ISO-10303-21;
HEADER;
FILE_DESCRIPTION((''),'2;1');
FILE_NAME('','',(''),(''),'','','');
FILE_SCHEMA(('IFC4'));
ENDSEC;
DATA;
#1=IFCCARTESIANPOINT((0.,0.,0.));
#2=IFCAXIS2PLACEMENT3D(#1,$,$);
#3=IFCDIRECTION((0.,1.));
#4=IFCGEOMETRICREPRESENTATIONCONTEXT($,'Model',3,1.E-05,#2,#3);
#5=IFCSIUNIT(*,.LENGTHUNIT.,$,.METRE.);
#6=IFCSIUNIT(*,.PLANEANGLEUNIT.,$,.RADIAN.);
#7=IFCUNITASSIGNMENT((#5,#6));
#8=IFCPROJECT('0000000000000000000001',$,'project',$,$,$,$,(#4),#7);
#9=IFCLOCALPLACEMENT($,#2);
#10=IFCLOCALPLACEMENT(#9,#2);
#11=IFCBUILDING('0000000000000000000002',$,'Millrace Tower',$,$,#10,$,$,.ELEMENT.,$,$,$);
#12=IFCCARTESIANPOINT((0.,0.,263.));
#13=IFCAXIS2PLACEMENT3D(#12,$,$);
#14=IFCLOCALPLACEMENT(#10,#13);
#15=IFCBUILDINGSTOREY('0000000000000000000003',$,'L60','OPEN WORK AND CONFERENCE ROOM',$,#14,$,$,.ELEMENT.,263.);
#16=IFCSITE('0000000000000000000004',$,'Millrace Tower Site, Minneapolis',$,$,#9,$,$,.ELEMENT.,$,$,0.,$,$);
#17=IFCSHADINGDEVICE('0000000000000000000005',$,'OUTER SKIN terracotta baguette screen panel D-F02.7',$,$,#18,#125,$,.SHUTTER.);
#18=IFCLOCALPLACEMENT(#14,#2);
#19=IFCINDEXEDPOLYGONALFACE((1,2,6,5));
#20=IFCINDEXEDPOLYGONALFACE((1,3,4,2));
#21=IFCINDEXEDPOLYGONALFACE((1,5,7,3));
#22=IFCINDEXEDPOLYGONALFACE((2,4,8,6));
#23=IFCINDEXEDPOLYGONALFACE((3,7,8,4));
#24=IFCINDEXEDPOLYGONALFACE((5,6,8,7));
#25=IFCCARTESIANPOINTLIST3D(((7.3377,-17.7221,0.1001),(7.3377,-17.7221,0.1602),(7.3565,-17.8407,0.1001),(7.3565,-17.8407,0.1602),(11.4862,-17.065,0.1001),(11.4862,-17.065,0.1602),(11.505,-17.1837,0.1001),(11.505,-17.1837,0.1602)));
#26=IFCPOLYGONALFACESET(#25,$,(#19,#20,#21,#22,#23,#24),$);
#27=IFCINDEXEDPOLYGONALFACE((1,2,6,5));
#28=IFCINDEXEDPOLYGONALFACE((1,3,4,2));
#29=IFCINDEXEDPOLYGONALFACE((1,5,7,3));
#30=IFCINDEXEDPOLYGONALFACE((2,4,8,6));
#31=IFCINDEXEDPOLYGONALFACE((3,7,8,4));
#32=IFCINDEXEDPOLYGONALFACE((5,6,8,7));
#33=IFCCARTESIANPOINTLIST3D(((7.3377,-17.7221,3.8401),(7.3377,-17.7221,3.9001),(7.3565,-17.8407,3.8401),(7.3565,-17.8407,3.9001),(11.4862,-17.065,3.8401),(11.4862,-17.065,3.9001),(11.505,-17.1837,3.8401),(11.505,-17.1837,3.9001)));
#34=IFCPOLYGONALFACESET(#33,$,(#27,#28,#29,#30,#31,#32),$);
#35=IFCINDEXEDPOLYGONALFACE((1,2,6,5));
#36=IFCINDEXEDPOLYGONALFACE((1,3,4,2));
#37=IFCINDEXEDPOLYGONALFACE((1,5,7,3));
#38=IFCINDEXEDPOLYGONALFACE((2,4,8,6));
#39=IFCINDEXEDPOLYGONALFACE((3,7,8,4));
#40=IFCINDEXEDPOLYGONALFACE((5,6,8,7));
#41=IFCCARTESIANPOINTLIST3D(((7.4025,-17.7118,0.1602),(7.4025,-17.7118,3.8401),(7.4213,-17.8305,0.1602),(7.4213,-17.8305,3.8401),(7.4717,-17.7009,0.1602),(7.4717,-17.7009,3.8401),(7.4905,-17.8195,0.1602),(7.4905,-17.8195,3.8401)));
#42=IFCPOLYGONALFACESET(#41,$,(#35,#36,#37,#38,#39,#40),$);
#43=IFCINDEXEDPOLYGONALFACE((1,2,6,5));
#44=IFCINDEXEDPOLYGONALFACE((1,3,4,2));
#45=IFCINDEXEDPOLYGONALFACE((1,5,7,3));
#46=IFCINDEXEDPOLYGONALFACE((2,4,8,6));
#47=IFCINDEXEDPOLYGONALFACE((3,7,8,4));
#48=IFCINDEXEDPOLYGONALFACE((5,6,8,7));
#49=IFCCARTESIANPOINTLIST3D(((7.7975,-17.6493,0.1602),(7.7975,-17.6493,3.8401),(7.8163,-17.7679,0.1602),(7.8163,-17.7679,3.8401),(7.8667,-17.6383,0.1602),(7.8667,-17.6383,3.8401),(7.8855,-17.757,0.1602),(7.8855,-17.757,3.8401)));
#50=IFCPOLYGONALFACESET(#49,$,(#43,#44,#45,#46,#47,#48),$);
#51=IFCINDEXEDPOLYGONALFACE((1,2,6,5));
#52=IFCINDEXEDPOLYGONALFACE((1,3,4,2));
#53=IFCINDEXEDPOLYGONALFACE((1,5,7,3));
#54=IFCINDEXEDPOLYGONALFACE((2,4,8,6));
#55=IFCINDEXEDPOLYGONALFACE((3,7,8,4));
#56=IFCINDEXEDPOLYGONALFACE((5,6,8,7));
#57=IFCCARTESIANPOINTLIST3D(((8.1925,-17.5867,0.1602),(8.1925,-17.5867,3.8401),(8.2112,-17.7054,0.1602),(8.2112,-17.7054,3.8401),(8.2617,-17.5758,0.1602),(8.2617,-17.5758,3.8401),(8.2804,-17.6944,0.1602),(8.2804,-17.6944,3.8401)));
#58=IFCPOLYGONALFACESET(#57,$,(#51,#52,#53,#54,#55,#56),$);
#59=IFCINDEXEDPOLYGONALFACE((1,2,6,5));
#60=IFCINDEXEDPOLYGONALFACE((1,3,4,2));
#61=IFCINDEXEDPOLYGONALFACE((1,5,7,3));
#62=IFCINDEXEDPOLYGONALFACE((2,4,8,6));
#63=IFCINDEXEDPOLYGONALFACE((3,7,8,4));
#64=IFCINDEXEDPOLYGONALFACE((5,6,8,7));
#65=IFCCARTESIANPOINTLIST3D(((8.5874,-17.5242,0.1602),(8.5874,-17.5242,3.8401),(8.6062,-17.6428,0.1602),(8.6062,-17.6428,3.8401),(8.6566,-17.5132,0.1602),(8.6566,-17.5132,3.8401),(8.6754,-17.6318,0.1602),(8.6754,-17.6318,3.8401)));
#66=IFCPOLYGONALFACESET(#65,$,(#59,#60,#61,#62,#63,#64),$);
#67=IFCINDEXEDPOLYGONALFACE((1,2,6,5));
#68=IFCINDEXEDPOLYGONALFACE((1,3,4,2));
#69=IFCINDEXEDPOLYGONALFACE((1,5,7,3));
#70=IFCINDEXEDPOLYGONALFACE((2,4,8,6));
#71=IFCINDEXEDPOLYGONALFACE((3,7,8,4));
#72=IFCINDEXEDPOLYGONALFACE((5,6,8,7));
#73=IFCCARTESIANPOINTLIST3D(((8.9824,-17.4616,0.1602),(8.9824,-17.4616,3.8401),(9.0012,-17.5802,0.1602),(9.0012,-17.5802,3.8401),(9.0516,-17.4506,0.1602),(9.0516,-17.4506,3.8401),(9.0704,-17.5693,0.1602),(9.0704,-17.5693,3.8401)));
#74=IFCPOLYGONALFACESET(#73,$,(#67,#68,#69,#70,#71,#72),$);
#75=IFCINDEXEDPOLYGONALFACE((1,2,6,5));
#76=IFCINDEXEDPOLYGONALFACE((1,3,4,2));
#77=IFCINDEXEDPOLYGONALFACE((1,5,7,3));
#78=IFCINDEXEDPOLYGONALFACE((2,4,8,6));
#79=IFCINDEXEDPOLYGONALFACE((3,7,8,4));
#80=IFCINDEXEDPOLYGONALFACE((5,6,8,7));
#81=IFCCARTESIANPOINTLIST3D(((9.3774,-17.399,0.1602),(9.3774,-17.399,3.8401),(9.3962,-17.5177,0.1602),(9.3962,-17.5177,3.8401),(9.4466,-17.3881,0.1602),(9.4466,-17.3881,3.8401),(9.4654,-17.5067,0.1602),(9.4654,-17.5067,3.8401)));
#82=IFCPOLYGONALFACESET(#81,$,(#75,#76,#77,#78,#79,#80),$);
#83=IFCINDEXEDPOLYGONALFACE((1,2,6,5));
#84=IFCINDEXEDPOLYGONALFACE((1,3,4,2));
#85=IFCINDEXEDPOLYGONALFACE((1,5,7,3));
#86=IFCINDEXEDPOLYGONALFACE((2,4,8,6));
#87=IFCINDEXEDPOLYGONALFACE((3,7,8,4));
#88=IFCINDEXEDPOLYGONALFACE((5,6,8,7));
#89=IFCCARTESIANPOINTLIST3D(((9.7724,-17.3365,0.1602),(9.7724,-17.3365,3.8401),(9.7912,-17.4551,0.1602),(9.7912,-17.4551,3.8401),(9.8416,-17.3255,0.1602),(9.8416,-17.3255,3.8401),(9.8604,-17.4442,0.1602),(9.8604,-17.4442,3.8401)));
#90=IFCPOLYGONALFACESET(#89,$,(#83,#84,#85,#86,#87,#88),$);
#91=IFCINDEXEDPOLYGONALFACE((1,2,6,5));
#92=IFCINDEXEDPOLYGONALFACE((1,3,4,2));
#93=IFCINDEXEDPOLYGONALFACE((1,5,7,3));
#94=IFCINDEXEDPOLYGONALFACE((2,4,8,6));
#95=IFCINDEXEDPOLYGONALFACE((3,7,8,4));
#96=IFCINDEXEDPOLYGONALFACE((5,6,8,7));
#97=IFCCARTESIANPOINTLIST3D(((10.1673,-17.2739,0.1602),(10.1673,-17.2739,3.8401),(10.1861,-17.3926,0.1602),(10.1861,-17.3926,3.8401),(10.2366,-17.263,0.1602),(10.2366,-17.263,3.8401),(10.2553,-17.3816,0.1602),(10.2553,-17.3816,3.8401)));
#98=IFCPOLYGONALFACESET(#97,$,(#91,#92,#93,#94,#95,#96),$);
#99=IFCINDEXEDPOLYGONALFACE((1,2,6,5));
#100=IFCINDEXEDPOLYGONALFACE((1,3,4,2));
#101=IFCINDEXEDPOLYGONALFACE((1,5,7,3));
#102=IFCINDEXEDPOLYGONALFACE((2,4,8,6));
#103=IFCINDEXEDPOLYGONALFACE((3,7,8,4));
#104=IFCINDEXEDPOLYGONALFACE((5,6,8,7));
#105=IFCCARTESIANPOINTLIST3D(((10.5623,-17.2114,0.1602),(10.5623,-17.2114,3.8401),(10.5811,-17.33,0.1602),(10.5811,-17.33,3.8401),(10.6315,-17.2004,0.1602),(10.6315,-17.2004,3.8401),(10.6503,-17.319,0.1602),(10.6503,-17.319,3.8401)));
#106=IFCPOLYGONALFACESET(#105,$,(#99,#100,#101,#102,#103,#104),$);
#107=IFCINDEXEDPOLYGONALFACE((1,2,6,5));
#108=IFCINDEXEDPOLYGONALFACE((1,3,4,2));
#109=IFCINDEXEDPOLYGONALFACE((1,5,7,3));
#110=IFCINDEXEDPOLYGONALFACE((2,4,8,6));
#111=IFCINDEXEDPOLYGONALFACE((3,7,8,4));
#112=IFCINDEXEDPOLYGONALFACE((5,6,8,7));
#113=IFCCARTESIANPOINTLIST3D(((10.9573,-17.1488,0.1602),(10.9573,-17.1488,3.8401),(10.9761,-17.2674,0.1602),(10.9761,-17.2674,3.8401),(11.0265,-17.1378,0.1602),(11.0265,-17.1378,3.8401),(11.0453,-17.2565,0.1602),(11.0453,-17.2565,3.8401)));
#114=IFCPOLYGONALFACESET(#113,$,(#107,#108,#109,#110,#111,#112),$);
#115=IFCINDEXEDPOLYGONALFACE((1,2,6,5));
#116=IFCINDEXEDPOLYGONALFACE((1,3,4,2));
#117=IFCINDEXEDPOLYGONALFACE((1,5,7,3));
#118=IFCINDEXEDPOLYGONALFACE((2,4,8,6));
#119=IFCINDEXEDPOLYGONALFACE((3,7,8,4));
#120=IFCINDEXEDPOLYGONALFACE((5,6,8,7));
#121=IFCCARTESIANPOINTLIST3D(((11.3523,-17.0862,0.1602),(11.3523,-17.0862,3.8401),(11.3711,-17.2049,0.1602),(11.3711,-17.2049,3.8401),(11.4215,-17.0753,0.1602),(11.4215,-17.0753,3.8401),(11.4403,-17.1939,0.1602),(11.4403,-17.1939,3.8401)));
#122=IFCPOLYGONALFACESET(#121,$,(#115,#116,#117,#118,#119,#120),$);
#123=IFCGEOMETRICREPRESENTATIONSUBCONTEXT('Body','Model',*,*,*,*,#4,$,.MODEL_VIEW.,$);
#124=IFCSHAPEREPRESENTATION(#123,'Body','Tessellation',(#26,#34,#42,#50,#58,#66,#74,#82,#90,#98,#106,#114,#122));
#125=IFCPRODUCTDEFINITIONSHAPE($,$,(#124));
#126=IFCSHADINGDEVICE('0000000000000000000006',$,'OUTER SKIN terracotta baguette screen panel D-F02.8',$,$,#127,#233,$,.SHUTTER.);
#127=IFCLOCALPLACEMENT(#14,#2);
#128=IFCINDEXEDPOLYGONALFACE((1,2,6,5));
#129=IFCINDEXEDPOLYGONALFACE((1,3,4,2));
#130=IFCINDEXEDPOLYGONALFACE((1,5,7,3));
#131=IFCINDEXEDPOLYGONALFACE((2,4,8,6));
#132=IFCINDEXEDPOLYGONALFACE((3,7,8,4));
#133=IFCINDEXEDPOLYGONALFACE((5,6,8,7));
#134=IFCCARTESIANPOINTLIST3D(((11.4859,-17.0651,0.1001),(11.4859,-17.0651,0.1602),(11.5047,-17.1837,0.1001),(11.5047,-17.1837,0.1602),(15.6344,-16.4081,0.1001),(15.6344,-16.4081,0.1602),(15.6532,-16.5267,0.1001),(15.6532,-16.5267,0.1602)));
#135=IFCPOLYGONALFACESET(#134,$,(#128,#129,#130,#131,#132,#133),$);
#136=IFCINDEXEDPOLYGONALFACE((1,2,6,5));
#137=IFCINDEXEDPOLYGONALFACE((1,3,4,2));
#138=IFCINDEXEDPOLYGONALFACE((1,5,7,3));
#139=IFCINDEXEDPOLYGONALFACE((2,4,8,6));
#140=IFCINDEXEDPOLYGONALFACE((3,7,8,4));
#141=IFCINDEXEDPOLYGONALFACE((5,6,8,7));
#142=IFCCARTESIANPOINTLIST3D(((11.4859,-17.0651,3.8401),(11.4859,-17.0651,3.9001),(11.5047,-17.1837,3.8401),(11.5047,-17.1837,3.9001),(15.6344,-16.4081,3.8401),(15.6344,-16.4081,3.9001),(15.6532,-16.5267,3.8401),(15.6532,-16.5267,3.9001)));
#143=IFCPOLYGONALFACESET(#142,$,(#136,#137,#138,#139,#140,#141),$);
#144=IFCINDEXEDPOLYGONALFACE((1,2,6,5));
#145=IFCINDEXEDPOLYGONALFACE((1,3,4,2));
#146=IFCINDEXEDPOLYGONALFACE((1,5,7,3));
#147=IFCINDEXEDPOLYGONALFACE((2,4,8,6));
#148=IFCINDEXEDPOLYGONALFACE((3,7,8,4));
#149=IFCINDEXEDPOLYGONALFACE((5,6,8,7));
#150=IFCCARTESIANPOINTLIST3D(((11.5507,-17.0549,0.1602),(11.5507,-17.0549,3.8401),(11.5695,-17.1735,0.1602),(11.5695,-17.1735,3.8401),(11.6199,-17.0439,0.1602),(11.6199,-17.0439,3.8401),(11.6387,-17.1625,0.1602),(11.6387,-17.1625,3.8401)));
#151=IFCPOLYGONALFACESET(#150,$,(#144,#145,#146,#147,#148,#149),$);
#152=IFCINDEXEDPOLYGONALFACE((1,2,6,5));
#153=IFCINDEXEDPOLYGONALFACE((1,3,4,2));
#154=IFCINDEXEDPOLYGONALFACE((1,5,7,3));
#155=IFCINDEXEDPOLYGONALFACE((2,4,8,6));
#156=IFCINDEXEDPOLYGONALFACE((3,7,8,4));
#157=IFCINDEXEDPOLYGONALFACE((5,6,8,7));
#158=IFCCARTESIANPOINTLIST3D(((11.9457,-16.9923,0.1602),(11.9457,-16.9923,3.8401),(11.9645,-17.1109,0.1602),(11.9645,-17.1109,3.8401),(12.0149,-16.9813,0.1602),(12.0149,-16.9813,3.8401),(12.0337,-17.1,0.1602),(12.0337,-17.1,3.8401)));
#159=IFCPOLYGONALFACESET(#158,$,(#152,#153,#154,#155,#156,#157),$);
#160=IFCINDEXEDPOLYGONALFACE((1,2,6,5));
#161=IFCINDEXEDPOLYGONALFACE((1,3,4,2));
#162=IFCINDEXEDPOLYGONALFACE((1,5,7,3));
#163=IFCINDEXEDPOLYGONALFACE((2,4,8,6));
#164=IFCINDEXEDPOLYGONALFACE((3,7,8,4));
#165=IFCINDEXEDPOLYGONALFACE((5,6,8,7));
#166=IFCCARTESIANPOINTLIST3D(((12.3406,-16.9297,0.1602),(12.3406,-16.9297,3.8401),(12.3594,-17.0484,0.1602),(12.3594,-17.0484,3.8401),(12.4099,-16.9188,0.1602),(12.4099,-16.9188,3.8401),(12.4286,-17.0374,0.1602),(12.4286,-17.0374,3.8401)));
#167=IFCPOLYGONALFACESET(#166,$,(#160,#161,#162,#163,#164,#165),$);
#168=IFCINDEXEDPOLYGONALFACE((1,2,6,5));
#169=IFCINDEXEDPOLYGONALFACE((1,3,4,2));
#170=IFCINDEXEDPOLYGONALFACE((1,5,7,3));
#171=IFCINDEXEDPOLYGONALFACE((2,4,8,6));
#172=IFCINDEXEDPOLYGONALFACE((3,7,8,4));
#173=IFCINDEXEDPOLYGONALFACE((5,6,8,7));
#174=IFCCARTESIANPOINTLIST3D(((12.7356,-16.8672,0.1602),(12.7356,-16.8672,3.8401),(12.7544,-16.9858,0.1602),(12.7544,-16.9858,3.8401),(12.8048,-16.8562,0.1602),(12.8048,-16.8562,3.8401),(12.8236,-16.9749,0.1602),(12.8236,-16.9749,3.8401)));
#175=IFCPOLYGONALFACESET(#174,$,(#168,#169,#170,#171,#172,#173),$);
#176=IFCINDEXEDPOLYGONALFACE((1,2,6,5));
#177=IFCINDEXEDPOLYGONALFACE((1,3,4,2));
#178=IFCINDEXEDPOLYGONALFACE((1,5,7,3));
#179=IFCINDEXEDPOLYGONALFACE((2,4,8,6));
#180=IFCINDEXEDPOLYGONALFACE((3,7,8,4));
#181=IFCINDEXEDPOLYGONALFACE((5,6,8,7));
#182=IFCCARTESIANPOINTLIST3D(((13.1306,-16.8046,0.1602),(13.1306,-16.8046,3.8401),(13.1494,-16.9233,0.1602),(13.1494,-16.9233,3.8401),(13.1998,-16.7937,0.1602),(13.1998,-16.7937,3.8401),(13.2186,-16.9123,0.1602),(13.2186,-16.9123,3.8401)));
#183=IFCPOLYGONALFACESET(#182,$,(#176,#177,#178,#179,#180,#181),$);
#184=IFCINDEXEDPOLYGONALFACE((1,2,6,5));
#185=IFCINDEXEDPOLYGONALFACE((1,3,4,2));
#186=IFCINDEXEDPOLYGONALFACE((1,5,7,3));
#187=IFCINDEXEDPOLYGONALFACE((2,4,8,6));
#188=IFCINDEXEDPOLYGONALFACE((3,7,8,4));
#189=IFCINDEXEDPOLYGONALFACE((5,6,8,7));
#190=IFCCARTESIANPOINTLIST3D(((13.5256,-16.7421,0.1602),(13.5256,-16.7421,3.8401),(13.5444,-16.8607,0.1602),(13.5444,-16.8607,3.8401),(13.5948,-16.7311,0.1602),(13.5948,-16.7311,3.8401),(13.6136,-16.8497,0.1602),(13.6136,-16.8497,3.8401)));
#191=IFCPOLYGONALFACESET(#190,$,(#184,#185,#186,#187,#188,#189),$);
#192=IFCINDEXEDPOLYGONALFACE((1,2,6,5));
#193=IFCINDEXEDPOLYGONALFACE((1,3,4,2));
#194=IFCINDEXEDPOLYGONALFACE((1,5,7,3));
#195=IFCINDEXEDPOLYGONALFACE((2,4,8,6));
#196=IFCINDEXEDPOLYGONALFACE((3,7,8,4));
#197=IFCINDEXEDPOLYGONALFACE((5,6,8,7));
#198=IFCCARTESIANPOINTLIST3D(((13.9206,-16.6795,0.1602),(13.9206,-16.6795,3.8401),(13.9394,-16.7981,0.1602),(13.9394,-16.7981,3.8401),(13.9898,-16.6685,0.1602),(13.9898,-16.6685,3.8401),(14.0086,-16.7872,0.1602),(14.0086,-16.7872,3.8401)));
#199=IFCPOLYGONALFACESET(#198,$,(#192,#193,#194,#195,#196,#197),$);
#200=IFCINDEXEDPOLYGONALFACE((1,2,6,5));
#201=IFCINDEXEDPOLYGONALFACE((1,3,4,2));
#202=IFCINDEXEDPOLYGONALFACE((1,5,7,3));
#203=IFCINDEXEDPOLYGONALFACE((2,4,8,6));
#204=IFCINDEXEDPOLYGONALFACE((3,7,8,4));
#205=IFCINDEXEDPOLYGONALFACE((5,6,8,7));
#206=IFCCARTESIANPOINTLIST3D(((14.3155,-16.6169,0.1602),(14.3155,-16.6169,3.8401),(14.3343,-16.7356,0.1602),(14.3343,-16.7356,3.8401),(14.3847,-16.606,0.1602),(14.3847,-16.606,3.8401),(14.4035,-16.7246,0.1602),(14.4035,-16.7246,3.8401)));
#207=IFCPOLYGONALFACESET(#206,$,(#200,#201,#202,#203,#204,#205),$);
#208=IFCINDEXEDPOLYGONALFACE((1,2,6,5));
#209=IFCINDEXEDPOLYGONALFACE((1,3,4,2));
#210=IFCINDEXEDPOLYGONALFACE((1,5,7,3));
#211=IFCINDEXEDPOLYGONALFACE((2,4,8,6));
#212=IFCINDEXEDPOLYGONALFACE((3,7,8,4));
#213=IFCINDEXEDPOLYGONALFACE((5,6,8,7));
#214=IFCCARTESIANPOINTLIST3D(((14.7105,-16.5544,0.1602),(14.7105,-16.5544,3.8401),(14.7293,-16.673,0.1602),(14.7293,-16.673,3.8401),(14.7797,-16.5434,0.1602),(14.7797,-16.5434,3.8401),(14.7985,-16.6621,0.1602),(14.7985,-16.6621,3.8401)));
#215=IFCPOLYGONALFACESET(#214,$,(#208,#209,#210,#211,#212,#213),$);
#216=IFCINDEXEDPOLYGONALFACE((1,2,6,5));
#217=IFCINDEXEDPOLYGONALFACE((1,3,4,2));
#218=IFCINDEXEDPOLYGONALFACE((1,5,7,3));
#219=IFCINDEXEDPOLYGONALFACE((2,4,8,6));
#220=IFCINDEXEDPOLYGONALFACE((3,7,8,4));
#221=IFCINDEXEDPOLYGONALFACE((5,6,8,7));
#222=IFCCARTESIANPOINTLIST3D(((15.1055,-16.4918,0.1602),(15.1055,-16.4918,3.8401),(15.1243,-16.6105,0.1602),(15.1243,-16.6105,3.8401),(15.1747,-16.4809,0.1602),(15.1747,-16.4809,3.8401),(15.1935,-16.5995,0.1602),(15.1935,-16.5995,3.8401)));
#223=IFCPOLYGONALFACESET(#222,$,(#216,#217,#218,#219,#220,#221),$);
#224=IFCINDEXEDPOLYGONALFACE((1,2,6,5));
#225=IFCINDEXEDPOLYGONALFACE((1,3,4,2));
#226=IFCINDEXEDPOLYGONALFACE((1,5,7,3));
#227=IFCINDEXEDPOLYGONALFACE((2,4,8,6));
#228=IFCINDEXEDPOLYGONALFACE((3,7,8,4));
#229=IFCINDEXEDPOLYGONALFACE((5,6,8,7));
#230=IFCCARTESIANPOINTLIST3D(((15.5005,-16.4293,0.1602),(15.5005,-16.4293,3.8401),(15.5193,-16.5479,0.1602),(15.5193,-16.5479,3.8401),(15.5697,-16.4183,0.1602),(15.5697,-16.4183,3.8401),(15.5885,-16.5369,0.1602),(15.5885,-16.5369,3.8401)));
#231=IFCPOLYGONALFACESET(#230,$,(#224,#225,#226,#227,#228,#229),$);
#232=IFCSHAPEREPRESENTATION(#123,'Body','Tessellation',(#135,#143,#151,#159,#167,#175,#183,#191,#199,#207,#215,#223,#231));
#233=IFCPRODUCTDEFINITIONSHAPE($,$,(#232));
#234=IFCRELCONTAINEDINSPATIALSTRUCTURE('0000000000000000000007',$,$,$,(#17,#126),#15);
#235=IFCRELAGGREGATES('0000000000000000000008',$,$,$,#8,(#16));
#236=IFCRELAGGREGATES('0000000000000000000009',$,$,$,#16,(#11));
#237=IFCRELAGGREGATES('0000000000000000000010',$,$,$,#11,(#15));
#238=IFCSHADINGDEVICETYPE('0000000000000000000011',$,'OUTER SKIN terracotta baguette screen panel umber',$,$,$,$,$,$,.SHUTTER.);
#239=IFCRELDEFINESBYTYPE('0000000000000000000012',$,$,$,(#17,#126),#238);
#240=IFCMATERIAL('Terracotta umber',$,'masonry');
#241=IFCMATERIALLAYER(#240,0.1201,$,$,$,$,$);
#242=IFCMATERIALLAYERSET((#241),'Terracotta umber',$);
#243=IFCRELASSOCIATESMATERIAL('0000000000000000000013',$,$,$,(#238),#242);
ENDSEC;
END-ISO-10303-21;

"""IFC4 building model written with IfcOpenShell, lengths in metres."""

from ifc_helpers import new_model, entity, si_unit, direction, frame, frame_2d, origin, origin_2d, place, context, subcontext, project, spatial, rectangle, extrude, source, transform, mapped, material, layer, layer_set, type_object, element, save


model = new_model("IFC4")

# Units and contexts
model_context = context("Model", 3, precision=1e-05, world=origin(), true_north=direction((0.0, 1.0)))
body_context = subcontext(model_context, "Body", "Model", "MODEL_VIEW")
ifc_project = project(units=[si_unit("LENGTHUNIT", "METRE"), si_unit("PLANEANGLEUNIT", "RADIAN")], contexts=[model_context])

# Site, building, storey
site_placement = place(None, origin())
site = spatial("IfcSite", under=ifc_project, at=site_placement, Name="Millrace Tower Site, Minneapolis", CompositionType="ELEMENT", RefElevation=0.0)
building_placement = place(site_placement, origin())
building = spatial("IfcBuilding", under=site, at=building_placement, Name="Millrace Tower", CompositionType="ELEMENT")
storey_placement = place(building_placement, frame((0.0, 0.0, 263.0)))
storey = spatial("IfcBuildingStorey", under=building, at=storey_placement, Name="L60", Description="OPEN WORK AND CONFERENCE ROOM", CompositionType="ELEMENT", Elevation=263.0)

# Shading devices
ifc_material_1 = material(Name="Terracotta umber", Category="masonry")
ifc_layer_1 = layer(ifc_material_1, 0.1201)
ifc_layer_set_1 = layer_set([ifc_layer_1], Name="Terracotta umber")
shading_device_type = type_object("IfcShadingDeviceType", Name="OUTER SKIN terracotta baguette screen panel umber", PredefinedType="SHUTTER", material=ifc_layer_set_1)
cartesian_point = entity("IfcCartesianPoint", [-2.1001, 0.0601])
shared_polyline = entity("IfcPolyline", [cartesian_point, entity("IfcCartesianPoint", [2.1001, 0.0601]), entity("IfcCartesianPoint", [2.1001, -0.0601]), entity("IfcCartesianPoint", [-2.1001, -0.0601]), cartesian_point])
shared_shape = source(origin(), body_context, "Body", "SweptSolid", [
    entity("IfcExtrudedAreaSolid", entity("IfcArbitraryClosedProfileDef", "AREA", None, shared_polyline), entity("IfcAxis2Placement3D", entity("IfcCartesianPoint", [0.0, 0.0, 0.0])), entity("IfcDirection", [0.0, 0.0, 1.0]), 0.0601),
    entity("IfcExtrudedAreaSolid", entity("IfcArbitraryClosedProfileDef", "AREA", None, shared_polyline), entity("IfcAxis2Placement3D", entity("IfcCartesianPoint", [0.0, 0.0, 3.74])), entity("IfcDirection", [0.0, 0.0, 1.0]), 0.0601),
    extrude(rectangle(XDim=0.0701, YDim=0.1201, at=frame_2d((-1.9995, 0.0))), frame((0.0, 0.0, 0.0601)), (0.0, 0.0, 1.0), 3.6799),
    extrude(rectangle(XDim=0.0701, YDim=0.1201, at=frame_2d((-1.5996, 0.0))), frame((0.0, 0.0, 0.0601)), (0.0, 0.0, 1.0), 3.6799),
    extrude(rectangle(XDim=0.0701, YDim=0.1201, at=frame_2d((-1.1997, 0.0))), frame((0.0, 0.0, 0.0601)), (0.0, 0.0, 1.0), 3.6799),
    extrude(rectangle(XDim=0.0701, YDim=0.1201, at=frame_2d((-0.7998, 0.0))), frame((0.0, 0.0, 0.0601)), (0.0, 0.0, 1.0), 3.6799),
    extrude(rectangle(XDim=0.0701, YDim=0.1201, at=frame_2d((-0.3999, 0.0))), frame((0.0, 0.0, 0.0601)), (0.0, 0.0, 1.0), 3.6799),
    extrude(rectangle(XDim=0.0701, YDim=0.1201, at=origin_2d()), frame((0.0, 0.0, 0.0601)), (0.0, 0.0, 1.0), 3.6799),
    extrude(rectangle(XDim=0.0701, YDim=0.1201, at=frame_2d((0.3999, 0.0))), frame((0.0, 0.0, 0.0601)), (0.0, 0.0, 1.0), 3.6799),
    extrude(rectangle(XDim=0.0701, YDim=0.1201, at=frame_2d((0.7998, 0.0))), frame((0.0, 0.0, 0.0601)), (0.0, 0.0, 1.0), 3.6799),
    extrude(rectangle(XDim=0.0701, YDim=0.1201, at=frame_2d((1.1997, 0.0))), frame((0.0, 0.0, 0.0601)), (0.0, 0.0, 1.0), 3.6799),
    extrude(rectangle(XDim=0.0701, YDim=0.1201, at=frame_2d((1.5996, 0.0))), frame((0.0, 0.0, 0.0601)), (0.0, 0.0, 1.0), 3.6799),
    extrude(rectangle(XDim=0.0701, YDim=0.1201, at=frame_2d((1.9995, 0.0))), frame((0.0, 0.0, 0.0601)), (0.0, 0.0, 1.0), 3.6799),
])
for number, where, z_axis, x_axis, name in (
    (1, (9.4214, -17.4529, 0.1001), (0.0, 0.0, 1.0), (0.987688, 0.156434, 0.0), "OUTER SKIN terracotta baguette screen panel D-F02.7"),
    (2, (13.5696, -16.7959, 0.1001), (0.0, 0.0, 1.0), (0.987688, 0.156434, 0.0), "OUTER SKIN terracotta baguette screen panel D-F02.8"),
):
    element("IfcShadingDevice", number, at=place(storey_placement, frame(where, z_axis=z_axis, x_axis=x_axis)), inside=storey, type_object=shading_device_type, Name=name, PredefinedType="SHUTTER", context=body_context, shape_type="MappedRepresentation", body=[
        mapped(shared_shape, transform((0.0, 0.0, 0.0), scale=1.0)),
    ])

save(model, "model.ifc")
